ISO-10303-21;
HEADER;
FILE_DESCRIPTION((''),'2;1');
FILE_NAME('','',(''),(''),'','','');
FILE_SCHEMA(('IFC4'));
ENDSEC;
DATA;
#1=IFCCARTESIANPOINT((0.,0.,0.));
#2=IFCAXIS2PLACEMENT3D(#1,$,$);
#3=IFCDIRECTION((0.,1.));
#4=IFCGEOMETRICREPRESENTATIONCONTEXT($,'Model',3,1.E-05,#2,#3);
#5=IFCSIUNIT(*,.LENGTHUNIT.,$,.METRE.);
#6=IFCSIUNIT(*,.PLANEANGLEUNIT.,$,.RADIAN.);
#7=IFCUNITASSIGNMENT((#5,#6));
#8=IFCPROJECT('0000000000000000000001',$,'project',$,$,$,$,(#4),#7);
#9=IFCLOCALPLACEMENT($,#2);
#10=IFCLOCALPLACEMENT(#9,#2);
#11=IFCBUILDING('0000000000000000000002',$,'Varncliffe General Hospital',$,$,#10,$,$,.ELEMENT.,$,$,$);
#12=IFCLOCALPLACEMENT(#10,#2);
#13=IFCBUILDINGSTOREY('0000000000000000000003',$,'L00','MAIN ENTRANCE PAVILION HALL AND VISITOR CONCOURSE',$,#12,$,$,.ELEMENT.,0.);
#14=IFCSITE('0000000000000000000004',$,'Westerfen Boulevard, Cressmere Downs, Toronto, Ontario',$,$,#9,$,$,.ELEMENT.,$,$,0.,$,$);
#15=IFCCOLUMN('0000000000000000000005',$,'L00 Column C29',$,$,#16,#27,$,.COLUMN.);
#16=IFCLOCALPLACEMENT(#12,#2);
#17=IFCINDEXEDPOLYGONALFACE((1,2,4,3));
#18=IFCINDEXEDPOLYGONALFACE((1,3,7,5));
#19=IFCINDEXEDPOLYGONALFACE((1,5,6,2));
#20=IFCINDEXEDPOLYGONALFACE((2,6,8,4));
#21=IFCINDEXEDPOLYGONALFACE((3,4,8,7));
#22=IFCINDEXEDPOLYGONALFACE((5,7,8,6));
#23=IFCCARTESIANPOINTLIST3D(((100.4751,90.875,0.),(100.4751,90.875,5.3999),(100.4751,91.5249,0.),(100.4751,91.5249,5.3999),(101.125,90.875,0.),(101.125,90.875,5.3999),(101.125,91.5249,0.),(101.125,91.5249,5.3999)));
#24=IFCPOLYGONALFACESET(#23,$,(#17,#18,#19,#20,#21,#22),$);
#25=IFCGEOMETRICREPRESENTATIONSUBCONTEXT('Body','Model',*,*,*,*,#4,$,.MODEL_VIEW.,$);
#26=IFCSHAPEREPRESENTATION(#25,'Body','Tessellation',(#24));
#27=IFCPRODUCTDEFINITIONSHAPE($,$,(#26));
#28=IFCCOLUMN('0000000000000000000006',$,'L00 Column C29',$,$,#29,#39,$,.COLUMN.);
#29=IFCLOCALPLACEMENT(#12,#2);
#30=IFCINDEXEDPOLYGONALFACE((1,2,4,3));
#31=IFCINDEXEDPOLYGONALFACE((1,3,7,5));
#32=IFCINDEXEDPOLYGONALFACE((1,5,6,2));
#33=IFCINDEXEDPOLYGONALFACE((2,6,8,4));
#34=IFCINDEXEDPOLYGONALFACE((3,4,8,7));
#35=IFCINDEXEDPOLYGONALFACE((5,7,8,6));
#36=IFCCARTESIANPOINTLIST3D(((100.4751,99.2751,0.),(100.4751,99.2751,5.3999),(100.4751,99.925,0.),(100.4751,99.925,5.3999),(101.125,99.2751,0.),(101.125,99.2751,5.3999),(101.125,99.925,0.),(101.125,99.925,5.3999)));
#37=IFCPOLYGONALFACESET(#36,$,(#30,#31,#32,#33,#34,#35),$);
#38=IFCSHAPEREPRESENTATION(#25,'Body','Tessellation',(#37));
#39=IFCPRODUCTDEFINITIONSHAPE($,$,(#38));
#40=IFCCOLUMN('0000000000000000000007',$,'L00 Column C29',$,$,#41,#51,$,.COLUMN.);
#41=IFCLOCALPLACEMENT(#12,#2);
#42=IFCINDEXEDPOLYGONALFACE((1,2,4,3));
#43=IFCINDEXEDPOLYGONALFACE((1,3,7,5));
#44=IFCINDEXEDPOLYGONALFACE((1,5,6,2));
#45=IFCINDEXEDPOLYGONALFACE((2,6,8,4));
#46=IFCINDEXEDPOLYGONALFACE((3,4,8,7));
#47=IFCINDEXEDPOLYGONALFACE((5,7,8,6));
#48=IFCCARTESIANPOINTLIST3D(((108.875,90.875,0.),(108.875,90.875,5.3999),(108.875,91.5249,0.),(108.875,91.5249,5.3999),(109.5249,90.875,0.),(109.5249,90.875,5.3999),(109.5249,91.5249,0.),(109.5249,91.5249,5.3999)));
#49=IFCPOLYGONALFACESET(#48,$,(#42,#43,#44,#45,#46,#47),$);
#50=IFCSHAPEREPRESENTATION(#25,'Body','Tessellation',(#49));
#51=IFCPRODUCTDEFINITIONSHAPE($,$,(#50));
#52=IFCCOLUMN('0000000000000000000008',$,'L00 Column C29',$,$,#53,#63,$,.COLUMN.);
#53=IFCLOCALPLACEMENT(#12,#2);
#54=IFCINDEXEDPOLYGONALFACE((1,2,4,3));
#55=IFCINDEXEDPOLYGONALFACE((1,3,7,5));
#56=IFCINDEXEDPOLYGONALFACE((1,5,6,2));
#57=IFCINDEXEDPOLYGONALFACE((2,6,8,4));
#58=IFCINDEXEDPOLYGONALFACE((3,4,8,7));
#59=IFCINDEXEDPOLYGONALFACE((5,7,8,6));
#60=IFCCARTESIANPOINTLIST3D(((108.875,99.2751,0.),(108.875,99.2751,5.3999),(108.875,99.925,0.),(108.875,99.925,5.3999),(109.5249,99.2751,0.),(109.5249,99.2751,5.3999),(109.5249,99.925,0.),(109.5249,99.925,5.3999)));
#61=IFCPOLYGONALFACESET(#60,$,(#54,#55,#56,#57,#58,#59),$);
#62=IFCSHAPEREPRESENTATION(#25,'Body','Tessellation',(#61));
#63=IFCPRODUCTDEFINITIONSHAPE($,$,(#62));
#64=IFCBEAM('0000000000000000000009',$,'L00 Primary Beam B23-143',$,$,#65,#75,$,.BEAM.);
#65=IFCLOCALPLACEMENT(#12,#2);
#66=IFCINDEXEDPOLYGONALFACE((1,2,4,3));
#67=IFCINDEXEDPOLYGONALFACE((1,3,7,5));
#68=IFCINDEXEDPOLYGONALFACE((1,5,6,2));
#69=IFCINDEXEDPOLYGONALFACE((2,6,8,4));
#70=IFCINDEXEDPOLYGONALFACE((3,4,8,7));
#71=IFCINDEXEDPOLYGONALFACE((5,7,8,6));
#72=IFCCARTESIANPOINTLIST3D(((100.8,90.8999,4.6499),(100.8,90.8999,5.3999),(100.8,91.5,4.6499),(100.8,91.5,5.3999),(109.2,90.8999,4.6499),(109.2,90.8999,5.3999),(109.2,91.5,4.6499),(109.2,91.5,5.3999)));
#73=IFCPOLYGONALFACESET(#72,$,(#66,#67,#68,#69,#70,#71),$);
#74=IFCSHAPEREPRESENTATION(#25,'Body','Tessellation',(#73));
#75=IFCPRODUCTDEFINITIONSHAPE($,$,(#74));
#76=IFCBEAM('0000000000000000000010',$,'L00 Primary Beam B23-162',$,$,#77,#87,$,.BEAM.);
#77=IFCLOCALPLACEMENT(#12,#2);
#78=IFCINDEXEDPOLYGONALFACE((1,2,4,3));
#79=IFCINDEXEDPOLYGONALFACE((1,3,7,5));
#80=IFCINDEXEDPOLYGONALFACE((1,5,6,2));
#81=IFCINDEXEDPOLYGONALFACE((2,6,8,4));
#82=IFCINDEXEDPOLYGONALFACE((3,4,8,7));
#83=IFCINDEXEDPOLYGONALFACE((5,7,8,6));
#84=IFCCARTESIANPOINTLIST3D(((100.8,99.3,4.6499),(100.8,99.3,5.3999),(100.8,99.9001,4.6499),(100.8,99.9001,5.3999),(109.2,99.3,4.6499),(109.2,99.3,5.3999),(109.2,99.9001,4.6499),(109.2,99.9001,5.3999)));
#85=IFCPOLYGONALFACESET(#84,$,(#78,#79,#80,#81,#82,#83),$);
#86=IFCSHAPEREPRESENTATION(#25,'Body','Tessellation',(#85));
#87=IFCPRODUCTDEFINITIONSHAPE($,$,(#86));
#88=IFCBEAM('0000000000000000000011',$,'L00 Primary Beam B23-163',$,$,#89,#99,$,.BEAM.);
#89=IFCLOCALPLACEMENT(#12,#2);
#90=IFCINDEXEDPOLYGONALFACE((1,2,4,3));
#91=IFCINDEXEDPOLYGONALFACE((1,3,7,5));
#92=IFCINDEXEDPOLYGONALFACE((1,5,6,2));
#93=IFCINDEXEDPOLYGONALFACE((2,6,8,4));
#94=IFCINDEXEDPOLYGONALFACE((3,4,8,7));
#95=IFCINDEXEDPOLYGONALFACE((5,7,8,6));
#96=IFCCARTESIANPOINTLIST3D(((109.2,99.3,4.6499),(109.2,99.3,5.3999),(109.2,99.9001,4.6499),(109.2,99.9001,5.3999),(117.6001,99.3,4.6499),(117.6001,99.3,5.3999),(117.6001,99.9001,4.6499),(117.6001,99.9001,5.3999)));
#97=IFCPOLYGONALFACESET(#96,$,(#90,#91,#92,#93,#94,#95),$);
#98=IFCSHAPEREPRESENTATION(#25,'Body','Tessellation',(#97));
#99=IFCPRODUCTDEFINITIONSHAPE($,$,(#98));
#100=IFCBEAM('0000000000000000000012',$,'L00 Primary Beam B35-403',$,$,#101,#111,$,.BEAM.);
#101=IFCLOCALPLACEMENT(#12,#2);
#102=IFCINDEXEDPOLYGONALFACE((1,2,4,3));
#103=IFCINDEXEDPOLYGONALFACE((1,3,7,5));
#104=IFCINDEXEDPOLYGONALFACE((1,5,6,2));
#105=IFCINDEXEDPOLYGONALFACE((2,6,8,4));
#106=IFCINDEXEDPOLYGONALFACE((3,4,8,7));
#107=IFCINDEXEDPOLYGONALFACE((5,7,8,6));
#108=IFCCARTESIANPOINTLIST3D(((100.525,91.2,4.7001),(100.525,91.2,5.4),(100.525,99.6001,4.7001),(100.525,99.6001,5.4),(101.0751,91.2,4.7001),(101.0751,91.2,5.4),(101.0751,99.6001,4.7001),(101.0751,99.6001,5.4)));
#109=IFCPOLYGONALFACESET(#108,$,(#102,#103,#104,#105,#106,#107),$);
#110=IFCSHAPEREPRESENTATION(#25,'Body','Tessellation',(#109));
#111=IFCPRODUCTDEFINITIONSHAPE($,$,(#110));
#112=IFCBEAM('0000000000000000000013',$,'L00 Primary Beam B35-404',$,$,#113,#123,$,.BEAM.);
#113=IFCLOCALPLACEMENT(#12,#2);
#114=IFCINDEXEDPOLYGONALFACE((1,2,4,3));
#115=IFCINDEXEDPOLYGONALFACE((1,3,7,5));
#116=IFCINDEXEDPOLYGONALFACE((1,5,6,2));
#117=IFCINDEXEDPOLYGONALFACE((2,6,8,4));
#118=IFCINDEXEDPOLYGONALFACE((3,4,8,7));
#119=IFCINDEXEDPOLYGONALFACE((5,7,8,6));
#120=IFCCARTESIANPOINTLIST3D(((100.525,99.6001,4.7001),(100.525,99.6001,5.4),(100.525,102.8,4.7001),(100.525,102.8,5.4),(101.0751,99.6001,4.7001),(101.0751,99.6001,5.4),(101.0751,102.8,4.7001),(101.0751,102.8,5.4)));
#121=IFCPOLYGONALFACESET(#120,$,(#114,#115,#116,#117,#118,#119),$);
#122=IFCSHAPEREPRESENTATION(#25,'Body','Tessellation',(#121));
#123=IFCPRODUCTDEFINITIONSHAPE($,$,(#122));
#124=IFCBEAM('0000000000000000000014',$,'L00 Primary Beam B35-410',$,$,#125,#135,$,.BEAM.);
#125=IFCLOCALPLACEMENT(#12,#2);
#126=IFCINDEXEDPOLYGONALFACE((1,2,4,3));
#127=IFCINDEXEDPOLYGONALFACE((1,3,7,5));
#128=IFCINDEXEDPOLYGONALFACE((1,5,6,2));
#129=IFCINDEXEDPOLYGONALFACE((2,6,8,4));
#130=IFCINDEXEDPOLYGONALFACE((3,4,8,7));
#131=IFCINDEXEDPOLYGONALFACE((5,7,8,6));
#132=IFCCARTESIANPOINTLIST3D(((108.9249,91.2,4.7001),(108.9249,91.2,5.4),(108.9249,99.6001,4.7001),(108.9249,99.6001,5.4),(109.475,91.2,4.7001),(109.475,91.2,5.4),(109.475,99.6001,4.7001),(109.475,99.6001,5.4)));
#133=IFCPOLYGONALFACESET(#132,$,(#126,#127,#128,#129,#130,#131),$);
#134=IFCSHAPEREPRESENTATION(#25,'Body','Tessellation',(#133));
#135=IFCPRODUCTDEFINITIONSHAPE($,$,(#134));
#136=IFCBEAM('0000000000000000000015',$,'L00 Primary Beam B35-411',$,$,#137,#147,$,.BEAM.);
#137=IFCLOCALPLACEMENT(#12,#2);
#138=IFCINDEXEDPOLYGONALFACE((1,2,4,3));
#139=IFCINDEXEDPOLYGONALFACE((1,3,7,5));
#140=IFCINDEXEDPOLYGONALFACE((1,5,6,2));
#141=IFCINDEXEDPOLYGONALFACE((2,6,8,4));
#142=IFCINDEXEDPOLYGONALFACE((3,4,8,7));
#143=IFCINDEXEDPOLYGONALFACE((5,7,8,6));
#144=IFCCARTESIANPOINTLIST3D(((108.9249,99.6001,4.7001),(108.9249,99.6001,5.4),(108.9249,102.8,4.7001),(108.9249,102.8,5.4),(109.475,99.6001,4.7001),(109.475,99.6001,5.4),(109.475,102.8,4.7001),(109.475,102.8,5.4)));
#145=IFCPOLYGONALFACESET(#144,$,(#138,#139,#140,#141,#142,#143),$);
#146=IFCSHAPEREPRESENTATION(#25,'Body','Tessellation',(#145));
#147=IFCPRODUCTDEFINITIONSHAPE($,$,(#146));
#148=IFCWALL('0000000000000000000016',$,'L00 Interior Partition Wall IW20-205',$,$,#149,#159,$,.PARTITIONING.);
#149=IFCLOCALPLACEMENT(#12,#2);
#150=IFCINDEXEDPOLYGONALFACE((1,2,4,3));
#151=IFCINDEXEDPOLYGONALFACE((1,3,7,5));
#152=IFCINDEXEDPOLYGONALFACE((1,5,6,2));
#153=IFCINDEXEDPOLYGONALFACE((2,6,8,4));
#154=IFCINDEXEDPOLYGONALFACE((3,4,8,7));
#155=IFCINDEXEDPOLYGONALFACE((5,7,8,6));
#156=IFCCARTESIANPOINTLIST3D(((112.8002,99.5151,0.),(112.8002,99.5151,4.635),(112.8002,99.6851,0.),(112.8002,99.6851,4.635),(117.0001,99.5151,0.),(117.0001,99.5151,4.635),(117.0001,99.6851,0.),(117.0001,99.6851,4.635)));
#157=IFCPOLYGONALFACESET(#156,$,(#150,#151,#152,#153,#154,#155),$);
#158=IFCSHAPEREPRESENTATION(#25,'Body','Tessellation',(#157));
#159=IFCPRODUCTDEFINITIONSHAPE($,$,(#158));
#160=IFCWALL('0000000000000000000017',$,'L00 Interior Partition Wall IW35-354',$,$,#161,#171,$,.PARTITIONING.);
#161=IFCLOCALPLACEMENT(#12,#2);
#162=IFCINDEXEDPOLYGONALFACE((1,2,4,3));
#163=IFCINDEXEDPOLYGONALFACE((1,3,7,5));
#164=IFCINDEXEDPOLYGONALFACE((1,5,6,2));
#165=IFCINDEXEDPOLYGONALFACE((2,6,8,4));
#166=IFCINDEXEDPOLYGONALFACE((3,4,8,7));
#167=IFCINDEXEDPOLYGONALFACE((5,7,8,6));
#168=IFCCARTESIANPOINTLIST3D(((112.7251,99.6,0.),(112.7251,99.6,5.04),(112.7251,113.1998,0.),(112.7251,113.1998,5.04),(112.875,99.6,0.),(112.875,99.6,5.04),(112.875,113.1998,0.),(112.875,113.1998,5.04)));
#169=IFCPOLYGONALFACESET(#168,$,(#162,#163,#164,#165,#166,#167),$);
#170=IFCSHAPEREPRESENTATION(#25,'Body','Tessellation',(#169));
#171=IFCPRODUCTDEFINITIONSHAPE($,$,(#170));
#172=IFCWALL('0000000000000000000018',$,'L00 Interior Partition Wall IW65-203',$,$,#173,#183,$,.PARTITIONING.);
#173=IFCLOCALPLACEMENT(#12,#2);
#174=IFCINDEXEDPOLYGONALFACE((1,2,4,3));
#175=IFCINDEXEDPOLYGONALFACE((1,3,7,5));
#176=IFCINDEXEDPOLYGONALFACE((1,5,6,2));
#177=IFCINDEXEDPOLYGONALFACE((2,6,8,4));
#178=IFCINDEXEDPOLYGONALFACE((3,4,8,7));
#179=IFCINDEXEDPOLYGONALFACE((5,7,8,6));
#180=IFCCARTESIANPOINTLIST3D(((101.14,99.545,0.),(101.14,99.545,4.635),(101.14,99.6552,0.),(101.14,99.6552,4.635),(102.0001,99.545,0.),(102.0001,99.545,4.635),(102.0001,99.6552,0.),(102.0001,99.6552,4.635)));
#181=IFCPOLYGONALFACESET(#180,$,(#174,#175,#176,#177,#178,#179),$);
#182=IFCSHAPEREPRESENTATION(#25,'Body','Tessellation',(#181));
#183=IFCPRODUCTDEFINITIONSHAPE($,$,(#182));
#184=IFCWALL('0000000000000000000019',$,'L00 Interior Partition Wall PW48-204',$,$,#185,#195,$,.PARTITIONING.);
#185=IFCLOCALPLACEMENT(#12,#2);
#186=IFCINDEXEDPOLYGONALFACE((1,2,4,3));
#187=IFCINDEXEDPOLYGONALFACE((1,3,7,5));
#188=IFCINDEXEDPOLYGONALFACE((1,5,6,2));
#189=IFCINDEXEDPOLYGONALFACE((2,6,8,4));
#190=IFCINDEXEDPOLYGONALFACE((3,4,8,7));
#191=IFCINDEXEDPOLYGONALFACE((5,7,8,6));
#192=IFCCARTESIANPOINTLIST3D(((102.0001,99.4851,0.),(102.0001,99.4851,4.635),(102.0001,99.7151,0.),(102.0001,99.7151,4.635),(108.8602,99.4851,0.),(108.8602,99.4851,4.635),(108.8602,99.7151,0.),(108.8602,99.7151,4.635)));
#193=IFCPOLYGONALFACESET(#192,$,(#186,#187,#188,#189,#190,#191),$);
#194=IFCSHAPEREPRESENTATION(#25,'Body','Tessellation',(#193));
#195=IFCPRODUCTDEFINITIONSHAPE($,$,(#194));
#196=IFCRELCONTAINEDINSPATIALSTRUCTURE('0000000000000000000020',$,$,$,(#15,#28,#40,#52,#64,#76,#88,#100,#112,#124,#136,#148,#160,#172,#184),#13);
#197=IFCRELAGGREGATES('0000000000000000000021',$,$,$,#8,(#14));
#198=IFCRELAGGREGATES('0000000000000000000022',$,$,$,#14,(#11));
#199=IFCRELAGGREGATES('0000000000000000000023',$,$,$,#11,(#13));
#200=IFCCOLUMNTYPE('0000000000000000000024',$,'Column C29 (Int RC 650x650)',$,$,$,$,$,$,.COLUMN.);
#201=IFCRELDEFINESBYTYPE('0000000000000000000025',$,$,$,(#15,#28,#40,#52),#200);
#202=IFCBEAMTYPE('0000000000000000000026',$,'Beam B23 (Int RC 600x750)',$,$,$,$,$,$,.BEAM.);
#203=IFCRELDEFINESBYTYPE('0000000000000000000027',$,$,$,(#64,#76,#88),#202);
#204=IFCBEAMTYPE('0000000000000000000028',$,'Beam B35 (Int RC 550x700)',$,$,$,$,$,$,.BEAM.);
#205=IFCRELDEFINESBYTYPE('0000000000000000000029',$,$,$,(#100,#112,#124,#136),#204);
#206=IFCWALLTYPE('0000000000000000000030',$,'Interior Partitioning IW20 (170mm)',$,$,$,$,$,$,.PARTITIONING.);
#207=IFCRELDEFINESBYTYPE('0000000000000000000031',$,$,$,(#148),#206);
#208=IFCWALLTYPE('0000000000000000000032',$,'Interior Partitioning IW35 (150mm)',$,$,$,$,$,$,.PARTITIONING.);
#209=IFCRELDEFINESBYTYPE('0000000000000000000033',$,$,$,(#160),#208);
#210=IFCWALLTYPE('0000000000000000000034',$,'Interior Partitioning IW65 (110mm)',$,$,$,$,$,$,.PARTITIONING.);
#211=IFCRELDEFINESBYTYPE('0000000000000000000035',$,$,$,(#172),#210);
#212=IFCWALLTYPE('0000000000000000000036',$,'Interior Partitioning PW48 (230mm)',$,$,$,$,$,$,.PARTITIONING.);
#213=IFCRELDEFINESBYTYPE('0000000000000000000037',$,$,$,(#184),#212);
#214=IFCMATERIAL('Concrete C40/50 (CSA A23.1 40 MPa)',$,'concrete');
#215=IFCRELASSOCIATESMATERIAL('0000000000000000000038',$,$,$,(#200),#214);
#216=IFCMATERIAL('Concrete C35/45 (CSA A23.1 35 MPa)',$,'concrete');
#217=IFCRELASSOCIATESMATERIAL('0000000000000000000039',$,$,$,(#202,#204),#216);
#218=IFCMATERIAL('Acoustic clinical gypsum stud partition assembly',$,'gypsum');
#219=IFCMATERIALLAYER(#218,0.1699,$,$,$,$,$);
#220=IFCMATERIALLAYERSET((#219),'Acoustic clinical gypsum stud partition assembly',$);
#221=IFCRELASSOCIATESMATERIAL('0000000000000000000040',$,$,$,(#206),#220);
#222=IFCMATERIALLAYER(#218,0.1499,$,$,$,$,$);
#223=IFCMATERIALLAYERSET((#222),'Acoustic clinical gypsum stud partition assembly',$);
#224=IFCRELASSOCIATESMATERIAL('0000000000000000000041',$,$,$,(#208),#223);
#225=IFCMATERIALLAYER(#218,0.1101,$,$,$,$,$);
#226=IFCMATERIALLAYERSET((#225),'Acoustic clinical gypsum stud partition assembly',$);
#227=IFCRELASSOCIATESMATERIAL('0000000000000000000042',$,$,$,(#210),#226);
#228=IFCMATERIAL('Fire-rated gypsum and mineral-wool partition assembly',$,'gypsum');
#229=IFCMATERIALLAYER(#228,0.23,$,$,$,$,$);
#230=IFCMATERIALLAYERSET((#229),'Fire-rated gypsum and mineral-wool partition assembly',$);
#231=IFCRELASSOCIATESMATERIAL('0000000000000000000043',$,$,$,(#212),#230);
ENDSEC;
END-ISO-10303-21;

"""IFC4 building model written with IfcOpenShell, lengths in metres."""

from ifc_helpers import new_model, si_unit, direction, frame, frame_2d, origin, origin_2d, place, context, subcontext, project, spatial, rectangle, extrude, material, layer, layer_set, material_profile, profile_set, type_object, element, save


model = new_model("IFC4")

# Units and contexts
model_context = context("Model", 3, precision=1e-05, world=origin(), true_north=direction((0.0, 1.0)))
body_context = subcontext(model_context, "Body", "Model", "MODEL_VIEW")
ifc_project = project(units=[si_unit("LENGTHUNIT", "METRE"), si_unit("PLANEANGLEUNIT", "RADIAN")], contexts=[model_context])

# Site, building, storey
site_placement = place(None, origin())
site = spatial("IfcSite", under=ifc_project, at=site_placement, Name="Westerfen Boulevard, Cressmere Downs, Toronto, Ontario", CompositionType="ELEMENT", RefElevation=0.0)
building_placement = place(site_placement, origin())
building = spatial("IfcBuilding", under=site, at=building_placement, Name="Varncliffe General Hospital", CompositionType="ELEMENT")
storey_placement = place(building_placement, origin())
storey = spatial("IfcBuildingStorey", under=building, at=storey_placement, Name="L00", Description="MAIN ENTRANCE PAVILION HALL AND VISITOR CONCOURSE", CompositionType="ELEMENT", Elevation=0.0)

# Columns
ifc_material_1 = material(Name="Concrete C40/50 (CSA A23.1 40 MPa)", Category="concrete")
ifc_material_profile_1 = material_profile(ifc_material_1, rectangle(XDim=0.6499, YDim=0.6499, at=origin_2d()), Name="RC 650x650")
ifc_profile_set_1 = profile_set([ifc_material_profile_1], Name="Concrete C40/50 (CSA A23.1 40 MPa)")
column_type = type_object("IfcColumnType", Name="Column C29 (Int RC 650x650)", PredefinedType="COLUMN", material=ifc_profile_set_1)
for number, where, z_axis, x_axis, name in (
    (1, (100.8, 91.2, 0.0), (0.0, 0.0, 1.0), (1.0, 0.0, 0.0), "L00 Column C29"),
    (2, (100.8, 99.6001, 0.0), (0.0, 0.0, 1.0), (1.0, 0.0, 0.0), "L00 Column C29"),
    (3, (109.2, 91.2, 0.0), (0.0, 0.0, 1.0), (1.0, 0.0, 0.0), "L00 Column C29"),
    (4, (109.2, 99.6001, 0.0), (0.0, 0.0, 1.0), (1.0, 0.0, 0.0), "L00 Column C29"),
):
    element("IfcColumn", number, at=place(storey_placement, frame(where, z_axis=z_axis, x_axis=x_axis)), inside=storey, type_object=column_type, Name=name, PredefinedType="COLUMN", context=body_context, shape_type="SweptSolid", body=[
        extrude(rectangle(XDim=0.6499, YDim=0.6499, at=origin_2d()), origin(), (0.0, 0.0, 1.0), 5.3999),
    ])

# Beams
ifc_material_2 = material(Name="Concrete C35/45 (CSA A23.1 35 MPa)", Category="concrete")
ifc_material_profile_2 = material_profile(ifc_material_2, rectangle(XDim=0.6001, YDim=0.75, at=origin_2d()), Name="RC 600x750")
ifc_profile_set_2 = profile_set([ifc_material_profile_2], Name="Concrete C35/45 (CSA A23.1 35 MPa)")
beam_type_1 = type_object("IfcBeamType", Name="Beam B23 (Int RC 600x750)", PredefinedType="BEAM", material=ifc_profile_set_2)
for number, where, z_axis, x_axis, name in (
    (5, (100.8, 91.2, 5.0249), (1.0, 0.0, 0.0), (0.0, 1.0, 0.0), "L00 Primary Beam B23-143"),
    (6, (100.8, 99.6001, 5.0249), (1.0, 0.0, 0.0), (0.0, 1.0, 0.0), "L00 Primary Beam B23-162"),
):
    element("IfcBeam", number, at=place(storey_placement, frame(where, z_axis=z_axis, x_axis=x_axis)), inside=storey, type_object=beam_type_1, Name=name, PredefinedType="BEAM", context=body_context, shape_type="SweptSolid", body=[
        extrude(rectangle(XDim=0.6001, YDim=0.75, at=origin_2d()), origin(), (0.0, 0.0, 1.0), 8.3999),
    ])
beam_1_placement = place(storey_placement, frame((109.2, 99.6001, 5.0249), z_axis=(1.0, 0.0, 0.0), x_axis=(0.0, 1.0, 0.0)))
element("IfcBeam", 7, at=beam_1_placement, inside=storey, type_object=beam_type_1, Name="L00 Primary Beam B23-163", PredefinedType="BEAM", context=body_context, shape_type="SweptSolid", body=[
    extrude(rectangle(XDim=0.6001, YDim=0.75, at=origin_2d()), origin(), (0.0, 0.0, 1.0), 8.4001),
])
ifc_material_profile_3 = material_profile(ifc_material_2, rectangle(XDim=0.55, YDim=0.7, at=origin_2d()), Name="RC 550x700")
ifc_profile_set_3 = profile_set([ifc_material_profile_3], Name="Concrete C35/45 (CSA A23.1 35 MPa)")
beam_type_2 = type_object("IfcBeamType", Name="Beam B35 (Int RC 550x700)", PredefinedType="BEAM", material=ifc_profile_set_3)
beam_2_placement = place(storey_placement, frame((100.8, 91.2, 5.05), z_axis=(0.0, 1.0, 0.0), x_axis=(-1.0, 0.0, 0.0)))
element("IfcBeam", 8, at=beam_2_placement, inside=storey, type_object=beam_type_2, Name="L00 Primary Beam B35-403", PredefinedType="BEAM", context=body_context, shape_type="SweptSolid", body=[
    extrude(rectangle(XDim=0.55, YDim=0.7, at=origin_2d()), origin(), (0.0, 0.0, 1.0), 8.4001),
])
beam_3_placement = place(storey_placement, frame((100.8, 99.6001, 5.05), z_axis=(0.0, 1.0, 0.0), x_axis=(-1.0, 0.0, 0.0)))
element("IfcBeam", 9, at=beam_3_placement, inside=storey, type_object=beam_type_2, Name="L00 Primary Beam B35-404", PredefinedType="BEAM", context=body_context, shape_type="SweptSolid", body=[
    extrude(rectangle(XDim=0.55, YDim=0.7, at=origin_2d()), origin(), (0.0, 0.0, 1.0), 3.2),
])
beam_4_placement = place(storey_placement, frame((109.2, 91.2, 5.05), z_axis=(0.0, 1.0, 0.0), x_axis=(-1.0, 0.0, 0.0)))
element("IfcBeam", 10, at=beam_4_placement, inside=storey, type_object=beam_type_2, Name="L00 Primary Beam B35-410", PredefinedType="BEAM", context=body_context, shape_type="SweptSolid", body=[
    extrude(rectangle(XDim=0.55, YDim=0.7, at=origin_2d()), origin(), (0.0, 0.0, 1.0), 8.4001),
])
beam_5_placement = place(storey_placement, frame((109.2, 99.6001, 5.05), z_axis=(0.0, 1.0, 0.0), x_axis=(-1.0, 0.0, 0.0)))
element("IfcBeam", 11, at=beam_5_placement, inside=storey, type_object=beam_type_2, Name="L00 Primary Beam B35-411", PredefinedType="BEAM", context=body_context, shape_type="SweptSolid", body=[
    extrude(rectangle(XDim=0.55, YDim=0.7, at=origin_2d()), origin(), (0.0, 0.0, 1.0), 3.2),
])

# Walls
ifc_material_3 = material(Name="Acoustic clinical gypsum stud partition assembly", Category="gypsum")
ifc_layer_1 = layer(ifc_material_3, 0.1699)
ifc_layer_set_1 = layer_set([ifc_layer_1], Name="Acoustic clinical gypsum stud partition assembly")
wall_type_1 = type_object("IfcWallType", Name="Interior Partitioning IW20 (170mm)", PredefinedType="PARTITIONING", material=ifc_layer_set_1)
wall_1_placement = place(storey_placement, frame((112.8, 99.6001, 0.0), z_axis=(0.0, 0.0, 1.0), x_axis=(1.0, 0.0, 0.0)))
element("IfcWall", 12, at=wall_1_placement, inside=storey, type_object=wall_type_1, Name="L00 Interior Partition Wall IW20-205", PredefinedType="PARTITIONING", context=body_context, shape_type="SweptSolid", body=[
    extrude(rectangle(XDim=4.2, YDim=0.1699, at=frame_2d((2.1001, 0.0))), origin(), (0.0, 0.0, 1.0), 4.635),
])
ifc_layer_2 = layer(ifc_material_3, 0.1499)
ifc_layer_set_2 = layer_set([ifc_layer_2], Name="Acoustic clinical gypsum stud partition assembly")
wall_type_2 = type_object("IfcWallType", Name="Interior Partitioning IW35 (150mm)", PredefinedType="PARTITIONING", material=ifc_layer_set_2)
wall_2_placement = place(storey_placement, frame((112.8, 99.6001, 0.0), z_axis=(0.0, 0.0, 1.0), x_axis=(0.0, 1.0, 0.0)))
element("IfcWall", 13, at=wall_2_placement, inside=storey, type_object=wall_type_2, Name="L00 Interior Partition Wall IW35-354", PredefinedType="PARTITIONING", context=body_context, shape_type="SweptSolid", body=[
    extrude(rectangle(XDim=13.5999, YDim=0.1499, at=frame_2d((6.7998, 0.0))), origin(), (0.0, 0.0, 1.0), 5.04),
])
ifc_layer_3 = layer(ifc_material_3, 0.1101)
ifc_layer_set_3 = layer_set([ifc_layer_3], Name="Acoustic clinical gypsum stud partition assembly")
wall_type_3 = type_object("IfcWallType", Name="Interior Partitioning IW65 (110mm)", PredefinedType="PARTITIONING", material=ifc_layer_set_3)
wall_3_placement = place(storey_placement, frame((101.1399, 99.6001, 0.0), z_axis=(0.0, 0.0, 1.0), x_axis=(1.0, 0.0, 0.0)))
element("IfcWall", 14, at=wall_3_placement, inside=storey, type_object=wall_type_3, Name="L00 Interior Partition Wall IW65-203", PredefinedType="PARTITIONING", context=body_context, shape_type="SweptSolid", body=[
    extrude(rectangle(XDim=0.8601, YDim=0.1101, at=frame_2d((0.4302, 0.0))), origin(), (0.0, 0.0, 1.0), 4.635),
])
ifc_material_4 = material(Name="Fire-rated gypsum and mineral-wool partition assembly", Category="gypsum")
ifc_layer_4 = layer(ifc_material_4, 0.23)
ifc_layer_set_4 = layer_set([ifc_layer_4], Name="Fire-rated gypsum and mineral-wool partition assembly")
wall_type_4 = type_object("IfcWallType", Name="Interior Partitioning PW48 (230mm)", PredefinedType="PARTITIONING", material=ifc_layer_set_4)
wall_4_placement = place(storey_placement, frame((102.0, 99.6001, 0.0), z_axis=(0.0, 0.0, 1.0), x_axis=(1.0, 0.0, 0.0)))
element("IfcWall", 15, at=wall_4_placement, inside=storey, type_object=wall_type_4, Name="L00 Interior Partition Wall PW48-204", PredefinedType="PARTITIONING", context=body_context, shape_type="SweptSolid", body=[
    extrude(rectangle(XDim=6.8601, YDim=0.23, at=frame_2d((3.4302, 0.0))), origin(), (0.0, 0.0, 1.0), 4.635),
])

save(model, "model.ifc")
